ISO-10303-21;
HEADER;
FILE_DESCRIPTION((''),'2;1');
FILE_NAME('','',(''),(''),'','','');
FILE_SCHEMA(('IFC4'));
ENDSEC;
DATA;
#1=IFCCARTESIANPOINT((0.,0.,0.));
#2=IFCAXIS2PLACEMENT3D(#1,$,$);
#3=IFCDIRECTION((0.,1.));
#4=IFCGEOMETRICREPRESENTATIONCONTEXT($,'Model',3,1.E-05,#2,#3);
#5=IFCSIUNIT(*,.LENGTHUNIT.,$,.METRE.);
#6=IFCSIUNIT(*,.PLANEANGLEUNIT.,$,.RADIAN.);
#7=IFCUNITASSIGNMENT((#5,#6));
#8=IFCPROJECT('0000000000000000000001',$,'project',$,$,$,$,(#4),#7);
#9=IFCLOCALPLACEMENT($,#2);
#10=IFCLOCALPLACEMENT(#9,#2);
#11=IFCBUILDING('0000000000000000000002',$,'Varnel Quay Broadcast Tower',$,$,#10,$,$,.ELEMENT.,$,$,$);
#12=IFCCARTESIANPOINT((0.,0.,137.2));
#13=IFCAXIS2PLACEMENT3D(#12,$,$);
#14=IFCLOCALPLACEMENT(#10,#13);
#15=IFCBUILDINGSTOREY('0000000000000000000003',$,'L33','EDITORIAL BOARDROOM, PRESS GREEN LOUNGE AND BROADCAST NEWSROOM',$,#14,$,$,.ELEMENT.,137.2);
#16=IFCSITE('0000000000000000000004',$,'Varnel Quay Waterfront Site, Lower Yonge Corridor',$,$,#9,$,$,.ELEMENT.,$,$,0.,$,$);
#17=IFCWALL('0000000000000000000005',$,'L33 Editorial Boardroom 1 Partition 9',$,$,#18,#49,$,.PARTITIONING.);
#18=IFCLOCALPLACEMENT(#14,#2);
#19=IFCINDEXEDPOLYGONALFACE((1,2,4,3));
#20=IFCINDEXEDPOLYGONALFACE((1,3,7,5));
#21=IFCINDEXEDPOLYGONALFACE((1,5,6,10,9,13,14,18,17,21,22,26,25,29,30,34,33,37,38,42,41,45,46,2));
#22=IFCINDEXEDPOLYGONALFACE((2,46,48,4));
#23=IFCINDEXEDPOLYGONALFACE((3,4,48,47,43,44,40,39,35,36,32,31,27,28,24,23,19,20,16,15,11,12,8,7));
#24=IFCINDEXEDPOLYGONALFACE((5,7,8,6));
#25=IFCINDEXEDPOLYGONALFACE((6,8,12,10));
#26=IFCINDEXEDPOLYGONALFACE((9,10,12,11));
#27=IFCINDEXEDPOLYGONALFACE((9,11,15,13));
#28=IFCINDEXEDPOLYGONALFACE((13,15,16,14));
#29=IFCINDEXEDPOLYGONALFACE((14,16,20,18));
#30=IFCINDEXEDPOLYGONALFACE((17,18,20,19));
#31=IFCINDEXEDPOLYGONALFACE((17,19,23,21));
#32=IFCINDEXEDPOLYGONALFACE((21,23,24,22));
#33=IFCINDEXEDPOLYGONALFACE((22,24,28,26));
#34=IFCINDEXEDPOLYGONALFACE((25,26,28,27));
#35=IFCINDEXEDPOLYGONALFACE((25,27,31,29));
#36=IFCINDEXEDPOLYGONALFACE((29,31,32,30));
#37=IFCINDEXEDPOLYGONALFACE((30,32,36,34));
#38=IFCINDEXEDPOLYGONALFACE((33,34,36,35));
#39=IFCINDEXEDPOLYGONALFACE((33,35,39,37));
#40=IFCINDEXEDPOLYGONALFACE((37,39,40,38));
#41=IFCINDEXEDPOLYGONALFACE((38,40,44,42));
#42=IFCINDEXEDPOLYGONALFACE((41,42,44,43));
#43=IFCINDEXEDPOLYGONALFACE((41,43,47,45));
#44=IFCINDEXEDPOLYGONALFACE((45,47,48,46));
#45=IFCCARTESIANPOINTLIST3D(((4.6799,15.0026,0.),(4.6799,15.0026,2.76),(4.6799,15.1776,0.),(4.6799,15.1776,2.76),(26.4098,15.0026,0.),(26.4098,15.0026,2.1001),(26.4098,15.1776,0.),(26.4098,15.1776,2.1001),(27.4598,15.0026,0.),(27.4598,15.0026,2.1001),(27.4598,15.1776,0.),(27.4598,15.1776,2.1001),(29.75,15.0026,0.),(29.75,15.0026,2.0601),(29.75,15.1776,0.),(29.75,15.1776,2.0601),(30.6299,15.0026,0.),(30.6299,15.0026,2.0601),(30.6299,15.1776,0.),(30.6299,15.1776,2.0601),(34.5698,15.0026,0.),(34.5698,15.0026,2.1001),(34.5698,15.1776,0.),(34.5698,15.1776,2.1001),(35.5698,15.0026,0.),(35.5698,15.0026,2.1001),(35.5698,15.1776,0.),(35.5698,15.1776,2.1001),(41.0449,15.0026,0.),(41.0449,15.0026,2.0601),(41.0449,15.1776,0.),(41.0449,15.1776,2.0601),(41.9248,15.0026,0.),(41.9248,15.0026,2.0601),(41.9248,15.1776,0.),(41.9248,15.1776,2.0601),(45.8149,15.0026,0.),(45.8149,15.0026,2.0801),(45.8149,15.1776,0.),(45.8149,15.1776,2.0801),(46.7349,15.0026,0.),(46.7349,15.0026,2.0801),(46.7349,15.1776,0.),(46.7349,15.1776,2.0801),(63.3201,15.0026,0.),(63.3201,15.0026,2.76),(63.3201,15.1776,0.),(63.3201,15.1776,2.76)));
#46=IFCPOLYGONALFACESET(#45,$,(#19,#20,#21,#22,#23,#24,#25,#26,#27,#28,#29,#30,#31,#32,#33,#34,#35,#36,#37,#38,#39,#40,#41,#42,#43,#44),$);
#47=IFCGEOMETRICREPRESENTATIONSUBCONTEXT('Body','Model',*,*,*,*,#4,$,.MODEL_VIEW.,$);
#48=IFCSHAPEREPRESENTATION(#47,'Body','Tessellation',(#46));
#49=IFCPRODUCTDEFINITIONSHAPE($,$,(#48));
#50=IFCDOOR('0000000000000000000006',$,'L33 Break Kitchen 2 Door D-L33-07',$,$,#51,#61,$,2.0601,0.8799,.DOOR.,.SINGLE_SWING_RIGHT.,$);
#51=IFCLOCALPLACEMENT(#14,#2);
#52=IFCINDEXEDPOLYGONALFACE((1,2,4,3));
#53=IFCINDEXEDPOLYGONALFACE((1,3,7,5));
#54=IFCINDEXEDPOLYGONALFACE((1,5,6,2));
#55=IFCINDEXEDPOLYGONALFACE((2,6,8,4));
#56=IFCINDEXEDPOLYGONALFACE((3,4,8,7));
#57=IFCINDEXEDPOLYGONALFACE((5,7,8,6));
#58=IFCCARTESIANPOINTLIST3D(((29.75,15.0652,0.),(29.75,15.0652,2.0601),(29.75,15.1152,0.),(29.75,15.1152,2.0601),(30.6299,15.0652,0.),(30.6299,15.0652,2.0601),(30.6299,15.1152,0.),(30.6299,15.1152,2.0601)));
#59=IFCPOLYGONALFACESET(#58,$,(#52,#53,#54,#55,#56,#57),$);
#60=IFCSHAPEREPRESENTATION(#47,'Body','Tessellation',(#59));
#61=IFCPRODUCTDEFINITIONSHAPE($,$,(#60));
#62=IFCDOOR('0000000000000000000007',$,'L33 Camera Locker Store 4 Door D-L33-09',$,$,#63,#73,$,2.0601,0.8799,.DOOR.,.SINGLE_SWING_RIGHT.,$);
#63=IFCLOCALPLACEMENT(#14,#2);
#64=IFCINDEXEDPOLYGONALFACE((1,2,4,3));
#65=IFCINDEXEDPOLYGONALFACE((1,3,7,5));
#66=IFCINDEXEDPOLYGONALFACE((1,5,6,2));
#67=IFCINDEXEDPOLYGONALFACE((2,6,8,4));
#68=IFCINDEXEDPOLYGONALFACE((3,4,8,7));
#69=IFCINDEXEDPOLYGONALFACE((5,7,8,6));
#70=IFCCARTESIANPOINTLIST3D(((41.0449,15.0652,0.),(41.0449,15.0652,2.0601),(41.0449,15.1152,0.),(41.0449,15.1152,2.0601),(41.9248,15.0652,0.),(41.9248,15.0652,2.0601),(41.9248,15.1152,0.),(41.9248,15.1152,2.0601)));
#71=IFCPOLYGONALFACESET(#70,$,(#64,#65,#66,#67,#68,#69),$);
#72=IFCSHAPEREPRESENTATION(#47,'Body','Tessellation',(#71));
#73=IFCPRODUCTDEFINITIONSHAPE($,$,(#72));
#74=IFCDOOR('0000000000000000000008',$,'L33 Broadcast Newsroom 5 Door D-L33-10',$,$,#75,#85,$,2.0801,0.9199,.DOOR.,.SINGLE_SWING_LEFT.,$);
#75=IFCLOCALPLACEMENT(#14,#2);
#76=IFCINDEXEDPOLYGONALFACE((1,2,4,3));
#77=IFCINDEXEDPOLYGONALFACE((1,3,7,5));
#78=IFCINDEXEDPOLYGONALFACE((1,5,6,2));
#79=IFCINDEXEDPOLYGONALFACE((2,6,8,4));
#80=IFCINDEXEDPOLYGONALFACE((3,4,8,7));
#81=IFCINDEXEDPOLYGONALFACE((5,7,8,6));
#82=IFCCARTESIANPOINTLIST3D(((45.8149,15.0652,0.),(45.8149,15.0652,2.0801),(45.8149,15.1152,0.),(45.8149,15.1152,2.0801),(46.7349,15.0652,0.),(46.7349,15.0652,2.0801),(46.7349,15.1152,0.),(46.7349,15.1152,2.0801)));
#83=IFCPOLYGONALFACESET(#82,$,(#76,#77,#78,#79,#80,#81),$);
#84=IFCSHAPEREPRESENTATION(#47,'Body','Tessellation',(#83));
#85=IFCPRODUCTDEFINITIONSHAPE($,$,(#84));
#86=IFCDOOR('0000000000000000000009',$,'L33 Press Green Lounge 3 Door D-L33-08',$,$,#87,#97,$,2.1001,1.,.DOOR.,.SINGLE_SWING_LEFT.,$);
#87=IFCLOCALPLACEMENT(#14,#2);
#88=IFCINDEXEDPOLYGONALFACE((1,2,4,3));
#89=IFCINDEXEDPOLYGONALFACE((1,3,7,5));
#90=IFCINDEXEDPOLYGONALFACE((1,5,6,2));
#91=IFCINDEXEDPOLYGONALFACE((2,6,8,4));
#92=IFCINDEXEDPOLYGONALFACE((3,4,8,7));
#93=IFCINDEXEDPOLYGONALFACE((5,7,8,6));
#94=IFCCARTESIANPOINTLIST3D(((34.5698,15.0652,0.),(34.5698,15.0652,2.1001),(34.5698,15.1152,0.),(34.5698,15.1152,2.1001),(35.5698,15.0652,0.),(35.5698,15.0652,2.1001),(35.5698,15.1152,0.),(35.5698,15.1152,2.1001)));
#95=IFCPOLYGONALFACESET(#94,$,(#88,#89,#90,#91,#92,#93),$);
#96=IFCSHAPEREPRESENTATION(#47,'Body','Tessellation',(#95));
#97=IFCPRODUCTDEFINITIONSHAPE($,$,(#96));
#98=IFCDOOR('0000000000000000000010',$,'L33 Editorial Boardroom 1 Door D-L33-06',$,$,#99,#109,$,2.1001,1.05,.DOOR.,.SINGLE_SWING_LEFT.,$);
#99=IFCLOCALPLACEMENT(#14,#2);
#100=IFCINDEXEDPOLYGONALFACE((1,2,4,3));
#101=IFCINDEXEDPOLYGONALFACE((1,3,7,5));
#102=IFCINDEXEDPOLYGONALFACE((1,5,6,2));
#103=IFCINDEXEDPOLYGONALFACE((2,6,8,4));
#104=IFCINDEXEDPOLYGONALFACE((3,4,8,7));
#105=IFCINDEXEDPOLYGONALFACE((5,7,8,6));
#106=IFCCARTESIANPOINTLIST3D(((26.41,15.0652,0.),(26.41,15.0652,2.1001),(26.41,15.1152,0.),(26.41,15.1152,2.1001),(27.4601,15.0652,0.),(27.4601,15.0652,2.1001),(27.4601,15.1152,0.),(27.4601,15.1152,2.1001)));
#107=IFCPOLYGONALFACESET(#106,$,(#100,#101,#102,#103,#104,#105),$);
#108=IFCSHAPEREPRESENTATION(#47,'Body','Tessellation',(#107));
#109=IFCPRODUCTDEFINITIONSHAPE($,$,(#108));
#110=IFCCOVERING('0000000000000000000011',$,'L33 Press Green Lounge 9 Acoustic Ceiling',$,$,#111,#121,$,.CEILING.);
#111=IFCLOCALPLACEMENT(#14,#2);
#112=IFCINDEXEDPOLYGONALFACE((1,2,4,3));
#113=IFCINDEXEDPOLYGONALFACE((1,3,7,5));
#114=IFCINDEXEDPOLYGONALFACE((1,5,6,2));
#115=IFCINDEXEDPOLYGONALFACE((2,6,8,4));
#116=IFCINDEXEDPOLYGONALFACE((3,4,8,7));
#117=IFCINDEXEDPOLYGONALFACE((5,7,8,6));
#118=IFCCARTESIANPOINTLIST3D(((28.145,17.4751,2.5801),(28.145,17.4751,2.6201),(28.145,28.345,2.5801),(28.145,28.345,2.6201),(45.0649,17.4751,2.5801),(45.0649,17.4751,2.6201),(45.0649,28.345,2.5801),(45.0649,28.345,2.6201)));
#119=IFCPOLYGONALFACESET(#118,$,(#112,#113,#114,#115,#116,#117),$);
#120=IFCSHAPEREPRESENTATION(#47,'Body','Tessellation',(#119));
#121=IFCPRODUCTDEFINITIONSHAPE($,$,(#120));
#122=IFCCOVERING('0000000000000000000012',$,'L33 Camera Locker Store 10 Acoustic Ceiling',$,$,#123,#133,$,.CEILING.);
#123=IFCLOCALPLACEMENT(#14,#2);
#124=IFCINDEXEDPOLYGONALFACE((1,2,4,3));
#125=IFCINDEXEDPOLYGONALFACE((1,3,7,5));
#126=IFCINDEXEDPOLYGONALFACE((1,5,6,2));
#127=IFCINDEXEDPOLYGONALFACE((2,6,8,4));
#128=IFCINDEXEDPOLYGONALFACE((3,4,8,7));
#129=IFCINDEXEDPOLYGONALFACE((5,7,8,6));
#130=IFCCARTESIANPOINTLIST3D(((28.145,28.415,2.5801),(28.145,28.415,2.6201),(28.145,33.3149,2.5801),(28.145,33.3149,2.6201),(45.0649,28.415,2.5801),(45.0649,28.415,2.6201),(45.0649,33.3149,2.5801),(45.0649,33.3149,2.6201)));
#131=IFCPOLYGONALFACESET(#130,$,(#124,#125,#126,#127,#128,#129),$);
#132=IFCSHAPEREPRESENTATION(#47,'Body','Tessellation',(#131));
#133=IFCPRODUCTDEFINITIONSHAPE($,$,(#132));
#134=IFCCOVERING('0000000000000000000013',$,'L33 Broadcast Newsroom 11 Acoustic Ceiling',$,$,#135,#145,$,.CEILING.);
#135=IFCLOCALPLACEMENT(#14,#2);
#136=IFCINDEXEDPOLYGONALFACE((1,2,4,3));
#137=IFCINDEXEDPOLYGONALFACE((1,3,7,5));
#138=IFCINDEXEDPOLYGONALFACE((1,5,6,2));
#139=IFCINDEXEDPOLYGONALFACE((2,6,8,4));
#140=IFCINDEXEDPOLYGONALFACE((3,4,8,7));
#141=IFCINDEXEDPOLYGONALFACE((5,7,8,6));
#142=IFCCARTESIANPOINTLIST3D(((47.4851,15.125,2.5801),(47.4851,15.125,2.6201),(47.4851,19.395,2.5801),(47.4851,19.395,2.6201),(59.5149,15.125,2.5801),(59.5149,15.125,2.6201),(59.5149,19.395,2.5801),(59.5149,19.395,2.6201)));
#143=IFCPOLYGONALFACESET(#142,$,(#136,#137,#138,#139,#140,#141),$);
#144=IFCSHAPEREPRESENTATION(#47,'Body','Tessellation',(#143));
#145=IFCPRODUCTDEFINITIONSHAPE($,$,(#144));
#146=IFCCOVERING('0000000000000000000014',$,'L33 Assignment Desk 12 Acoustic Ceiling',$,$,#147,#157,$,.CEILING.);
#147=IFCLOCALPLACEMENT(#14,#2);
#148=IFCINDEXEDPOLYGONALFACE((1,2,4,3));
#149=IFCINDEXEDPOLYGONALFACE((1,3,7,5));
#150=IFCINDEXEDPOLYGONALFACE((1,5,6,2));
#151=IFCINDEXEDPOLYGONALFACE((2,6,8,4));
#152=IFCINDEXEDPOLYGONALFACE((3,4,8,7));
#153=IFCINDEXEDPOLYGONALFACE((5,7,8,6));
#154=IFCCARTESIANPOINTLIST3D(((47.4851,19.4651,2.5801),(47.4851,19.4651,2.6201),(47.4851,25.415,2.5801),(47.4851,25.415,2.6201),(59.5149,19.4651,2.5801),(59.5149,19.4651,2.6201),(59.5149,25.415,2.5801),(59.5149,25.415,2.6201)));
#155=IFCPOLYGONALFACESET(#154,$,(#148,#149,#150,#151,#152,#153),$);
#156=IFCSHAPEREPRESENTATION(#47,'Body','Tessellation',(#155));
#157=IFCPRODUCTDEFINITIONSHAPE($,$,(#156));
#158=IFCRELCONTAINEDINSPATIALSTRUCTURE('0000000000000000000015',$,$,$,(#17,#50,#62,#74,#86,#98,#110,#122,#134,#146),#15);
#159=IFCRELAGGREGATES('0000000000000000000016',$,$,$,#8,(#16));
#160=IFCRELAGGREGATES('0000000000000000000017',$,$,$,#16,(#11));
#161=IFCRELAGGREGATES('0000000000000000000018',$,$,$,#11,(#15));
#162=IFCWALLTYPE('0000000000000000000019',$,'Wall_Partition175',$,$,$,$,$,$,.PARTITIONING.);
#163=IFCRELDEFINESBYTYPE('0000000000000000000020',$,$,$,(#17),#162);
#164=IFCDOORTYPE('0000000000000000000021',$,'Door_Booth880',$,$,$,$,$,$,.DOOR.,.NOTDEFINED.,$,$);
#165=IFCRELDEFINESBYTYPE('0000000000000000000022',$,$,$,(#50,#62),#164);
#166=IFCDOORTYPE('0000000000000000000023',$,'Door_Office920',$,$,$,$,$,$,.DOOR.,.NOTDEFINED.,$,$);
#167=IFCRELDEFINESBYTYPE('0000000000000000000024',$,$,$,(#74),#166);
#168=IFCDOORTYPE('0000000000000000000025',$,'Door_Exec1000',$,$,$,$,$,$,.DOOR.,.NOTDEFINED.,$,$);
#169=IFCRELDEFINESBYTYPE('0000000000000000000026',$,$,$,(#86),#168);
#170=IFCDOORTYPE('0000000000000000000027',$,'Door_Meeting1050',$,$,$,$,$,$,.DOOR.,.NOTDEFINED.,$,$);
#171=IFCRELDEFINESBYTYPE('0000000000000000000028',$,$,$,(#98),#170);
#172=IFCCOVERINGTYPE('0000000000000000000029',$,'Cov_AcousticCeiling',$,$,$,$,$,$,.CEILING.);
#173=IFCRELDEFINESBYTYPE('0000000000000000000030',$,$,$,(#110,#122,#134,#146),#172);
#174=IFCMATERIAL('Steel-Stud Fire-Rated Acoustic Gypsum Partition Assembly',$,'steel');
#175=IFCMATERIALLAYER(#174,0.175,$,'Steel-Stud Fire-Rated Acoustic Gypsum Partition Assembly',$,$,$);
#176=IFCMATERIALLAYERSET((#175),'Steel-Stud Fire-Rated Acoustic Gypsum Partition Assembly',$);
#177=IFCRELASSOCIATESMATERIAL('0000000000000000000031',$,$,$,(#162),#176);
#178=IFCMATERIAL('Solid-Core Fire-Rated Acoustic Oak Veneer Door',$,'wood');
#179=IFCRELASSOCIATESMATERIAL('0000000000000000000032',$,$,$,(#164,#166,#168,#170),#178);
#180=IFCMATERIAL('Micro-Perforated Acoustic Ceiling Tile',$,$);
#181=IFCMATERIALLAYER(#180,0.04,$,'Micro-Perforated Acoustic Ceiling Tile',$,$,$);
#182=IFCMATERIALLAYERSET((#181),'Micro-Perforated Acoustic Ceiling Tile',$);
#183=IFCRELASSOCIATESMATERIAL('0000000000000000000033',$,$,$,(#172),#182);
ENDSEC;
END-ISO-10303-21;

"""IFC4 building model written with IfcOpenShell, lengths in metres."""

from ifc_helpers import new_model, si_unit, direction, frame, frame_2d, origin, place, context, subcontext, project, spatial, polyline, rectangle, outline, extrude, source, transform, mapped, material, layer, layer_set, type_object, type_shapes, element, fill, save


model = new_model("IFC4")

# Units and contexts
model_context = context("Model", 3, precision=1e-05, world=origin(), true_north=direction((0.0, 1.0)))
body_context = subcontext(model_context, "Body", "Model", "MODEL_VIEW")
ifc_project = project(units=[si_unit("LENGTHUNIT", "METRE"), si_unit("PLANEANGLEUNIT", "RADIAN")], contexts=[model_context])

# Site, building, storey
site_placement = place(None, origin())
site = spatial("IfcSite", under=ifc_project, at=site_placement, Name="Varnel Quay Waterfront Site, Lower Yonge Corridor", CompositionType="ELEMENT", RefElevation=0.0)
building_placement = place(site_placement, origin())
building = spatial("IfcBuilding", under=site, at=building_placement, Name="Varnel Quay Broadcast Tower", CompositionType="ELEMENT")
storey_placement = place(building_placement, frame((0.0, 0.0, 137.2)))
storey = spatial("IfcBuildingStorey", under=building, at=storey_placement, Name="L33", Description="EDITORIAL BOARDROOM, PRESS GREEN LOUNGE AND BROADCAST NEWSROOM", CompositionType="ELEMENT", Elevation=137.2)

# Wall, openings, doors
ifc_material_1 = material(Name="Steel-Stud Fire-Rated Acoustic Gypsum Partition Assembly", Category="steel")
ifc_layer_1 = layer(ifc_material_1, 0.175, Name="Steel-Stud Fire-Rated Acoustic Gypsum Partition Assembly")
ifc_layer_set_1 = layer_set([ifc_layer_1], Name="Steel-Stud Fire-Rated Acoustic Gypsum Partition Assembly")
wall_type = type_object("IfcWallType", Name="Wall_Partition175", PredefinedType="PARTITIONING", material=ifc_layer_set_1)
wall_placement = place(storey_placement, frame((4.6799, 15.0901, 0.0), z_axis=(0.0, 0.0, 1.0), x_axis=(1.0, 0.0, 0.0)))
wall = element("IfcWall", 1, at=wall_placement, inside=storey, type_object=wall_type, Name="L33 Editorial Boardroom 1 Partition 9", PredefinedType="PARTITIONING", context=body_context, shape_type="SweptSolid", body=[
    extrude(rectangle(XDim=58.6401, YDim=0.175, at=frame_2d((29.3201, 0.0))), origin(), (0.0, 0.0, 1.0), 2.76),
])
opening_1_placement = place(wall_placement, frame((21.73, 0.0, 0.0)))
opening_1 = element("IfcOpeningElement", 2, at=opening_1_placement, cuts=wall, PredefinedType="OPENING", context=body_context, shape_type="SweptSolid", body=[
    extrude(rectangle(XDim=1.05, YDim=2.1001, at=frame_2d((0.5249, 1.05))), frame((0.0, 0.0977, 0.0), z_axis=(0.0, -1.0, 0.0), x_axis=(1.0, 0.0, 0.0)), (0.0, 0.0, 1.0), 0.1951),
])
opening_2_placement = place(wall_placement, frame((25.0701, 0.0, 0.0)))
opening_2 = element("IfcOpeningElement", 3, at=opening_2_placement, cuts=wall, PredefinedType="OPENING", context=body_context, shape_type="SweptSolid", body=[
    extrude(rectangle(XDim=0.8799, YDim=2.0601, at=frame_2d((0.4399, 1.03))), frame((0.0, 0.0977, 0.0), z_axis=(0.0, -1.0, 0.0), x_axis=(1.0, 0.0, 0.0)), (0.0, 0.0, 1.0), 0.1951),
])
opening_3_placement = place(wall_placement, frame((29.8899, 0.0, 0.0)))
opening_3 = element("IfcOpeningElement", 4, at=opening_3_placement, cuts=wall, PredefinedType="OPENING", context=body_context, shape_type="SweptSolid", body=[
    extrude(rectangle(XDim=1.0, YDim=2.1001, at=frame_2d((0.5, 1.05))), frame((0.0, 0.0977, 0.0), z_axis=(0.0, -1.0, 0.0), x_axis=(1.0, 0.0, 0.0)), (0.0, 0.0, 1.0), 0.1951),
])
opening_4_placement = place(wall_placement, frame((36.365, 0.0, 0.0)))
opening_4 = element("IfcOpeningElement", 5, at=opening_4_placement, cuts=wall, PredefinedType="OPENING", context=body_context, shape_type="SweptSolid", body=[
    extrude(rectangle(XDim=0.8799, YDim=2.0601, at=frame_2d((0.4399, 1.03))), frame((0.0, 0.0977, 0.0), z_axis=(0.0, -1.0, 0.0), x_axis=(1.0, 0.0, 0.0)), (0.0, 0.0, 1.0), 0.1951),
])
opening_5_placement = place(wall_placement, frame((41.135, 0.0, 0.0)))
opening_5 = element("IfcOpeningElement", 6, at=opening_5_placement, cuts=wall, PredefinedType="OPENING", context=body_context, shape_type="SweptSolid", body=[
    extrude(rectangle(XDim=0.9199, YDim=2.0801, at=frame_2d((0.46, 1.04))), frame((0.0, 0.0977, 0.0), z_axis=(0.0, -1.0, 0.0), x_axis=(1.0, 0.0, 0.0)), (0.0, 0.0, 1.0), 0.1951),
])
ifc_material_2 = material(Name="Solid-Core Fire-Rated Acoustic Oak Veneer Door", Category="wood")
door_type_1 = type_object("IfcDoorType", Name="Door_Booth880", OperationType="NOTDEFINED", PredefinedType="DOOR", material=ifc_material_2)
shared_shape_1 = source(origin(), body_context, "Body", "SweptSolid", [
    extrude(rectangle(XDim=0.8799, YDim=2.0601, at=frame_2d((0.4399, 1.03))), frame((0.0, 0.0249, 0.0), z_axis=(0.0, -1.0, 0.0), x_axis=(1.0, 0.0, 0.0)), (0.0, 0.0, 1.0), 0.05),
])
type_shapes(door_type_1, [shared_shape_1])
door_1_placement = place(opening_2_placement, frame((0.8799, 0.0, 0.0), z_axis=(0.0, 0.0, 1.0), x_axis=(-1.0, 0.0, 0.0)))
door_1 = element("IfcDoor", 7, at=door_1_placement, inside=storey, type_object=door_type_1, Name="L33 Break Kitchen 2 Door D-L33-07", OperationType="SINGLE_SWING_RIGHT", OverallHeight=2.0601, OverallWidth=0.8799, PredefinedType="DOOR", context=body_context, shape_type="MappedRepresentation", body=[
    mapped(shared_shape_1, transform((0.0, 0.0, 0.0), x_axis=(1.0, 0.0, 0.0), y_axis=(0.0, 1.0, 0.0), z_axis=(0.0, 0.0, 1.0), scale=1.0)),
])
fill(opening_2, door_1)
door_2_placement = place(opening_4_placement, frame((0.8799, 0.0, 0.0), z_axis=(0.0, 0.0, 1.0), x_axis=(-1.0, 0.0, 0.0)))
door_2 = element("IfcDoor", 8, at=door_2_placement, inside=storey, type_object=door_type_1, Name="L33 Camera Locker Store 4 Door D-L33-09", OperationType="SINGLE_SWING_RIGHT", OverallHeight=2.0601, OverallWidth=0.8799, PredefinedType="DOOR", context=body_context, shape_type="MappedRepresentation", body=[
    mapped(shared_shape_1, transform((0.0, 0.0, 0.0), x_axis=(1.0, 0.0, 0.0), y_axis=(0.0, 1.0, 0.0), z_axis=(0.0, 0.0, 1.0), scale=1.0)),
])
fill(opening_4, door_2)
door_type_2 = type_object("IfcDoorType", Name="Door_Office920", OperationType="NOTDEFINED", PredefinedType="DOOR", material=ifc_material_2)
shared_shape_2 = source(origin(), body_context, "Body", "SweptSolid", [
    extrude(rectangle(XDim=0.9199, YDim=2.0801, at=frame_2d((0.46, 1.04))), frame((0.0, 0.0249, 0.0), z_axis=(0.0, -1.0, 0.0), x_axis=(1.0, 0.0, 0.0)), (0.0, 0.0, 1.0), 0.05),
])
type_shapes(door_type_2, [shared_shape_2])
door_3_placement = place(opening_5_placement, frame((0.9199, 0.0, 0.0), z_axis=(0.0, 0.0, 1.0), x_axis=(-1.0, 0.0, 0.0)))
door_3 = element("IfcDoor", 9, at=door_3_placement, inside=storey, type_object=door_type_2, Name="L33 Broadcast Newsroom 5 Door D-L33-10", OperationType="SINGLE_SWING_LEFT", OverallHeight=2.0801, OverallWidth=0.9199, PredefinedType="DOOR", context=body_context, shape_type="MappedRepresentation", body=[
    mapped(shared_shape_2, transform((0.0, 0.0, 0.0), x_axis=(1.0, 0.0, 0.0), y_axis=(0.0, 1.0, 0.0), z_axis=(0.0, 0.0, 1.0), scale=1.0)),
])
fill(opening_5, door_3)
door_type_3 = type_object("IfcDoorType", Name="Door_Exec1000", OperationType="NOTDEFINED", PredefinedType="DOOR", material=ifc_material_2)
shared_shape_3 = source(origin(), body_context, "Body", "SweptSolid", [
    extrude(rectangle(XDim=1.0, YDim=2.1001, at=frame_2d((0.5, 1.05))), frame((0.0, 0.0249, 0.0), z_axis=(0.0, -1.0, 0.0), x_axis=(1.0, 0.0, 0.0)), (0.0, 0.0, 1.0), 0.05),
])
type_shapes(door_type_3, [shared_shape_3])
door_4_placement = place(opening_3_placement, frame((1.0, 0.0, 0.0), z_axis=(0.0, 0.0, 1.0), x_axis=(-1.0, 0.0, 0.0)))
door_4 = element("IfcDoor", 10, at=door_4_placement, inside=storey, type_object=door_type_3, Name="L33 Press Green Lounge 3 Door D-L33-08", OperationType="SINGLE_SWING_LEFT", OverallHeight=2.1001, OverallWidth=1.0, PredefinedType="DOOR", context=body_context, shape_type="MappedRepresentation", body=[
    mapped(shared_shape_3, transform((0.0, 0.0, 0.0), x_axis=(1.0, 0.0, 0.0), y_axis=(0.0, 1.0, 0.0), z_axis=(0.0, 0.0, 1.0), scale=1.0)),
])
fill(opening_3, door_4)
door_type_4 = type_object("IfcDoorType", Name="Door_Meeting1050", OperationType="NOTDEFINED", PredefinedType="DOOR", material=ifc_material_2)
shared_shape_4 = source(origin(), body_context, "Body", "SweptSolid", [
    extrude(rectangle(XDim=1.05, YDim=2.1001, at=frame_2d((0.5249, 1.05))), frame((0.0, 0.0249, 0.0), z_axis=(0.0, -1.0, 0.0), x_axis=(1.0, 0.0, 0.0)), (0.0, 0.0, 1.0), 0.05),
])
type_shapes(door_type_4, [shared_shape_4])
door_5_placement = place(opening_1_placement, frame((1.05, 0.0, 0.0), z_axis=(0.0, 0.0, 1.0), x_axis=(-1.0, 0.0, 0.0)))
door_5 = element("IfcDoor", 11, at=door_5_placement, inside=storey, type_object=door_type_4, Name="L33 Editorial Boardroom 1 Door D-L33-06", OperationType="SINGLE_SWING_LEFT", OverallHeight=2.1001, OverallWidth=1.05, PredefinedType="DOOR", context=body_context, shape_type="MappedRepresentation", body=[
    mapped(shared_shape_4, transform((0.0, 0.0, 0.0), x_axis=(1.0, 0.0, 0.0), y_axis=(0.0, 1.0, 0.0), z_axis=(0.0, 0.0, 1.0), scale=1.0)),
])
fill(opening_1, door_5)

# Coverings
ifc_material_3 = material(Name="Micro-Perforated Acoustic Ceiling Tile")
ifc_layer_2 = layer(ifc_material_3, 0.04, Name="Micro-Perforated Acoustic Ceiling Tile")
ifc_layer_set_2 = layer_set([ifc_layer_2], Name="Micro-Perforated Acoustic Ceiling Tile")
covering_type_1 = type_object("IfcCoveringType", Name="Cov_AcousticCeiling", PredefinedType="CEILING", material=ifc_layer_set_2)
covering_1_placement = place(storey_placement, frame((0.0, 0.0, 2.5801)))
element("IfcCovering", 12, at=covering_1_placement, inside=storey, type_object=covering_type_1, Name="L33 Press Green Lounge 9 Acoustic Ceiling", PredefinedType="CEILING", context=body_context, shape_type="SweptSolid", body=[
    extrude(outline(polyline([(28.145, 17.4751), (45.0649, 17.4751), (45.0649, 28.345), (28.145, 28.345), (28.145, 17.4751)])), origin(), (0.0, 0.0, 1.0), 0.04),
])
covering_2_placement = place(storey_placement, frame((0.0, 0.0, 2.5801)))
element("IfcCovering", 13, at=covering_2_placement, inside=storey, type_object=covering_type_1, Name="L33 Camera Locker Store 10 Acoustic Ceiling", PredefinedType="CEILING", context=body_context, shape_type="SweptSolid", body=[
    extrude(outline(polyline([(28.145, 28.415), (45.0649, 28.415), (45.0649, 33.3149), (28.145, 33.3149), (28.145, 28.415)])), origin(), (0.0, 0.0, 1.0), 0.04),
])
covering_3_placement = place(storey_placement, frame((0.0, 0.0, 2.5801)))
element("IfcCovering", 14, at=covering_3_placement, inside=storey, type_object=covering_type_1, Name="L33 Broadcast Newsroom 11 Acoustic Ceiling", PredefinedType="CEILING", context=body_context, shape_type="SweptSolid", body=[
    extrude(outline(polyline([(47.4851, 15.125), (59.5149, 15.125), (59.5149, 19.395), (47.4851, 19.395), (47.4851, 15.125)])), origin(), (0.0, 0.0, 1.0), 0.04),
])
covering_4_placement = place(storey_placement, frame((0.0, 0.0, 2.5801)))
element("IfcCovering", 15, at=covering_4_placement, inside=storey, type_object=covering_type_1, Name="L33 Assignment Desk 12 Acoustic Ceiling", PredefinedType="CEILING", context=body_context, shape_type="SweptSolid", body=[
    extrude(outline(polyline([(47.4851, 19.4651), (59.5149, 19.4651), (59.5149, 25.415), (47.4851, 25.415), (47.4851, 19.4651)])), origin(), (0.0, 0.0, 1.0), 0.04),
])

save(model, "model.ifc")
